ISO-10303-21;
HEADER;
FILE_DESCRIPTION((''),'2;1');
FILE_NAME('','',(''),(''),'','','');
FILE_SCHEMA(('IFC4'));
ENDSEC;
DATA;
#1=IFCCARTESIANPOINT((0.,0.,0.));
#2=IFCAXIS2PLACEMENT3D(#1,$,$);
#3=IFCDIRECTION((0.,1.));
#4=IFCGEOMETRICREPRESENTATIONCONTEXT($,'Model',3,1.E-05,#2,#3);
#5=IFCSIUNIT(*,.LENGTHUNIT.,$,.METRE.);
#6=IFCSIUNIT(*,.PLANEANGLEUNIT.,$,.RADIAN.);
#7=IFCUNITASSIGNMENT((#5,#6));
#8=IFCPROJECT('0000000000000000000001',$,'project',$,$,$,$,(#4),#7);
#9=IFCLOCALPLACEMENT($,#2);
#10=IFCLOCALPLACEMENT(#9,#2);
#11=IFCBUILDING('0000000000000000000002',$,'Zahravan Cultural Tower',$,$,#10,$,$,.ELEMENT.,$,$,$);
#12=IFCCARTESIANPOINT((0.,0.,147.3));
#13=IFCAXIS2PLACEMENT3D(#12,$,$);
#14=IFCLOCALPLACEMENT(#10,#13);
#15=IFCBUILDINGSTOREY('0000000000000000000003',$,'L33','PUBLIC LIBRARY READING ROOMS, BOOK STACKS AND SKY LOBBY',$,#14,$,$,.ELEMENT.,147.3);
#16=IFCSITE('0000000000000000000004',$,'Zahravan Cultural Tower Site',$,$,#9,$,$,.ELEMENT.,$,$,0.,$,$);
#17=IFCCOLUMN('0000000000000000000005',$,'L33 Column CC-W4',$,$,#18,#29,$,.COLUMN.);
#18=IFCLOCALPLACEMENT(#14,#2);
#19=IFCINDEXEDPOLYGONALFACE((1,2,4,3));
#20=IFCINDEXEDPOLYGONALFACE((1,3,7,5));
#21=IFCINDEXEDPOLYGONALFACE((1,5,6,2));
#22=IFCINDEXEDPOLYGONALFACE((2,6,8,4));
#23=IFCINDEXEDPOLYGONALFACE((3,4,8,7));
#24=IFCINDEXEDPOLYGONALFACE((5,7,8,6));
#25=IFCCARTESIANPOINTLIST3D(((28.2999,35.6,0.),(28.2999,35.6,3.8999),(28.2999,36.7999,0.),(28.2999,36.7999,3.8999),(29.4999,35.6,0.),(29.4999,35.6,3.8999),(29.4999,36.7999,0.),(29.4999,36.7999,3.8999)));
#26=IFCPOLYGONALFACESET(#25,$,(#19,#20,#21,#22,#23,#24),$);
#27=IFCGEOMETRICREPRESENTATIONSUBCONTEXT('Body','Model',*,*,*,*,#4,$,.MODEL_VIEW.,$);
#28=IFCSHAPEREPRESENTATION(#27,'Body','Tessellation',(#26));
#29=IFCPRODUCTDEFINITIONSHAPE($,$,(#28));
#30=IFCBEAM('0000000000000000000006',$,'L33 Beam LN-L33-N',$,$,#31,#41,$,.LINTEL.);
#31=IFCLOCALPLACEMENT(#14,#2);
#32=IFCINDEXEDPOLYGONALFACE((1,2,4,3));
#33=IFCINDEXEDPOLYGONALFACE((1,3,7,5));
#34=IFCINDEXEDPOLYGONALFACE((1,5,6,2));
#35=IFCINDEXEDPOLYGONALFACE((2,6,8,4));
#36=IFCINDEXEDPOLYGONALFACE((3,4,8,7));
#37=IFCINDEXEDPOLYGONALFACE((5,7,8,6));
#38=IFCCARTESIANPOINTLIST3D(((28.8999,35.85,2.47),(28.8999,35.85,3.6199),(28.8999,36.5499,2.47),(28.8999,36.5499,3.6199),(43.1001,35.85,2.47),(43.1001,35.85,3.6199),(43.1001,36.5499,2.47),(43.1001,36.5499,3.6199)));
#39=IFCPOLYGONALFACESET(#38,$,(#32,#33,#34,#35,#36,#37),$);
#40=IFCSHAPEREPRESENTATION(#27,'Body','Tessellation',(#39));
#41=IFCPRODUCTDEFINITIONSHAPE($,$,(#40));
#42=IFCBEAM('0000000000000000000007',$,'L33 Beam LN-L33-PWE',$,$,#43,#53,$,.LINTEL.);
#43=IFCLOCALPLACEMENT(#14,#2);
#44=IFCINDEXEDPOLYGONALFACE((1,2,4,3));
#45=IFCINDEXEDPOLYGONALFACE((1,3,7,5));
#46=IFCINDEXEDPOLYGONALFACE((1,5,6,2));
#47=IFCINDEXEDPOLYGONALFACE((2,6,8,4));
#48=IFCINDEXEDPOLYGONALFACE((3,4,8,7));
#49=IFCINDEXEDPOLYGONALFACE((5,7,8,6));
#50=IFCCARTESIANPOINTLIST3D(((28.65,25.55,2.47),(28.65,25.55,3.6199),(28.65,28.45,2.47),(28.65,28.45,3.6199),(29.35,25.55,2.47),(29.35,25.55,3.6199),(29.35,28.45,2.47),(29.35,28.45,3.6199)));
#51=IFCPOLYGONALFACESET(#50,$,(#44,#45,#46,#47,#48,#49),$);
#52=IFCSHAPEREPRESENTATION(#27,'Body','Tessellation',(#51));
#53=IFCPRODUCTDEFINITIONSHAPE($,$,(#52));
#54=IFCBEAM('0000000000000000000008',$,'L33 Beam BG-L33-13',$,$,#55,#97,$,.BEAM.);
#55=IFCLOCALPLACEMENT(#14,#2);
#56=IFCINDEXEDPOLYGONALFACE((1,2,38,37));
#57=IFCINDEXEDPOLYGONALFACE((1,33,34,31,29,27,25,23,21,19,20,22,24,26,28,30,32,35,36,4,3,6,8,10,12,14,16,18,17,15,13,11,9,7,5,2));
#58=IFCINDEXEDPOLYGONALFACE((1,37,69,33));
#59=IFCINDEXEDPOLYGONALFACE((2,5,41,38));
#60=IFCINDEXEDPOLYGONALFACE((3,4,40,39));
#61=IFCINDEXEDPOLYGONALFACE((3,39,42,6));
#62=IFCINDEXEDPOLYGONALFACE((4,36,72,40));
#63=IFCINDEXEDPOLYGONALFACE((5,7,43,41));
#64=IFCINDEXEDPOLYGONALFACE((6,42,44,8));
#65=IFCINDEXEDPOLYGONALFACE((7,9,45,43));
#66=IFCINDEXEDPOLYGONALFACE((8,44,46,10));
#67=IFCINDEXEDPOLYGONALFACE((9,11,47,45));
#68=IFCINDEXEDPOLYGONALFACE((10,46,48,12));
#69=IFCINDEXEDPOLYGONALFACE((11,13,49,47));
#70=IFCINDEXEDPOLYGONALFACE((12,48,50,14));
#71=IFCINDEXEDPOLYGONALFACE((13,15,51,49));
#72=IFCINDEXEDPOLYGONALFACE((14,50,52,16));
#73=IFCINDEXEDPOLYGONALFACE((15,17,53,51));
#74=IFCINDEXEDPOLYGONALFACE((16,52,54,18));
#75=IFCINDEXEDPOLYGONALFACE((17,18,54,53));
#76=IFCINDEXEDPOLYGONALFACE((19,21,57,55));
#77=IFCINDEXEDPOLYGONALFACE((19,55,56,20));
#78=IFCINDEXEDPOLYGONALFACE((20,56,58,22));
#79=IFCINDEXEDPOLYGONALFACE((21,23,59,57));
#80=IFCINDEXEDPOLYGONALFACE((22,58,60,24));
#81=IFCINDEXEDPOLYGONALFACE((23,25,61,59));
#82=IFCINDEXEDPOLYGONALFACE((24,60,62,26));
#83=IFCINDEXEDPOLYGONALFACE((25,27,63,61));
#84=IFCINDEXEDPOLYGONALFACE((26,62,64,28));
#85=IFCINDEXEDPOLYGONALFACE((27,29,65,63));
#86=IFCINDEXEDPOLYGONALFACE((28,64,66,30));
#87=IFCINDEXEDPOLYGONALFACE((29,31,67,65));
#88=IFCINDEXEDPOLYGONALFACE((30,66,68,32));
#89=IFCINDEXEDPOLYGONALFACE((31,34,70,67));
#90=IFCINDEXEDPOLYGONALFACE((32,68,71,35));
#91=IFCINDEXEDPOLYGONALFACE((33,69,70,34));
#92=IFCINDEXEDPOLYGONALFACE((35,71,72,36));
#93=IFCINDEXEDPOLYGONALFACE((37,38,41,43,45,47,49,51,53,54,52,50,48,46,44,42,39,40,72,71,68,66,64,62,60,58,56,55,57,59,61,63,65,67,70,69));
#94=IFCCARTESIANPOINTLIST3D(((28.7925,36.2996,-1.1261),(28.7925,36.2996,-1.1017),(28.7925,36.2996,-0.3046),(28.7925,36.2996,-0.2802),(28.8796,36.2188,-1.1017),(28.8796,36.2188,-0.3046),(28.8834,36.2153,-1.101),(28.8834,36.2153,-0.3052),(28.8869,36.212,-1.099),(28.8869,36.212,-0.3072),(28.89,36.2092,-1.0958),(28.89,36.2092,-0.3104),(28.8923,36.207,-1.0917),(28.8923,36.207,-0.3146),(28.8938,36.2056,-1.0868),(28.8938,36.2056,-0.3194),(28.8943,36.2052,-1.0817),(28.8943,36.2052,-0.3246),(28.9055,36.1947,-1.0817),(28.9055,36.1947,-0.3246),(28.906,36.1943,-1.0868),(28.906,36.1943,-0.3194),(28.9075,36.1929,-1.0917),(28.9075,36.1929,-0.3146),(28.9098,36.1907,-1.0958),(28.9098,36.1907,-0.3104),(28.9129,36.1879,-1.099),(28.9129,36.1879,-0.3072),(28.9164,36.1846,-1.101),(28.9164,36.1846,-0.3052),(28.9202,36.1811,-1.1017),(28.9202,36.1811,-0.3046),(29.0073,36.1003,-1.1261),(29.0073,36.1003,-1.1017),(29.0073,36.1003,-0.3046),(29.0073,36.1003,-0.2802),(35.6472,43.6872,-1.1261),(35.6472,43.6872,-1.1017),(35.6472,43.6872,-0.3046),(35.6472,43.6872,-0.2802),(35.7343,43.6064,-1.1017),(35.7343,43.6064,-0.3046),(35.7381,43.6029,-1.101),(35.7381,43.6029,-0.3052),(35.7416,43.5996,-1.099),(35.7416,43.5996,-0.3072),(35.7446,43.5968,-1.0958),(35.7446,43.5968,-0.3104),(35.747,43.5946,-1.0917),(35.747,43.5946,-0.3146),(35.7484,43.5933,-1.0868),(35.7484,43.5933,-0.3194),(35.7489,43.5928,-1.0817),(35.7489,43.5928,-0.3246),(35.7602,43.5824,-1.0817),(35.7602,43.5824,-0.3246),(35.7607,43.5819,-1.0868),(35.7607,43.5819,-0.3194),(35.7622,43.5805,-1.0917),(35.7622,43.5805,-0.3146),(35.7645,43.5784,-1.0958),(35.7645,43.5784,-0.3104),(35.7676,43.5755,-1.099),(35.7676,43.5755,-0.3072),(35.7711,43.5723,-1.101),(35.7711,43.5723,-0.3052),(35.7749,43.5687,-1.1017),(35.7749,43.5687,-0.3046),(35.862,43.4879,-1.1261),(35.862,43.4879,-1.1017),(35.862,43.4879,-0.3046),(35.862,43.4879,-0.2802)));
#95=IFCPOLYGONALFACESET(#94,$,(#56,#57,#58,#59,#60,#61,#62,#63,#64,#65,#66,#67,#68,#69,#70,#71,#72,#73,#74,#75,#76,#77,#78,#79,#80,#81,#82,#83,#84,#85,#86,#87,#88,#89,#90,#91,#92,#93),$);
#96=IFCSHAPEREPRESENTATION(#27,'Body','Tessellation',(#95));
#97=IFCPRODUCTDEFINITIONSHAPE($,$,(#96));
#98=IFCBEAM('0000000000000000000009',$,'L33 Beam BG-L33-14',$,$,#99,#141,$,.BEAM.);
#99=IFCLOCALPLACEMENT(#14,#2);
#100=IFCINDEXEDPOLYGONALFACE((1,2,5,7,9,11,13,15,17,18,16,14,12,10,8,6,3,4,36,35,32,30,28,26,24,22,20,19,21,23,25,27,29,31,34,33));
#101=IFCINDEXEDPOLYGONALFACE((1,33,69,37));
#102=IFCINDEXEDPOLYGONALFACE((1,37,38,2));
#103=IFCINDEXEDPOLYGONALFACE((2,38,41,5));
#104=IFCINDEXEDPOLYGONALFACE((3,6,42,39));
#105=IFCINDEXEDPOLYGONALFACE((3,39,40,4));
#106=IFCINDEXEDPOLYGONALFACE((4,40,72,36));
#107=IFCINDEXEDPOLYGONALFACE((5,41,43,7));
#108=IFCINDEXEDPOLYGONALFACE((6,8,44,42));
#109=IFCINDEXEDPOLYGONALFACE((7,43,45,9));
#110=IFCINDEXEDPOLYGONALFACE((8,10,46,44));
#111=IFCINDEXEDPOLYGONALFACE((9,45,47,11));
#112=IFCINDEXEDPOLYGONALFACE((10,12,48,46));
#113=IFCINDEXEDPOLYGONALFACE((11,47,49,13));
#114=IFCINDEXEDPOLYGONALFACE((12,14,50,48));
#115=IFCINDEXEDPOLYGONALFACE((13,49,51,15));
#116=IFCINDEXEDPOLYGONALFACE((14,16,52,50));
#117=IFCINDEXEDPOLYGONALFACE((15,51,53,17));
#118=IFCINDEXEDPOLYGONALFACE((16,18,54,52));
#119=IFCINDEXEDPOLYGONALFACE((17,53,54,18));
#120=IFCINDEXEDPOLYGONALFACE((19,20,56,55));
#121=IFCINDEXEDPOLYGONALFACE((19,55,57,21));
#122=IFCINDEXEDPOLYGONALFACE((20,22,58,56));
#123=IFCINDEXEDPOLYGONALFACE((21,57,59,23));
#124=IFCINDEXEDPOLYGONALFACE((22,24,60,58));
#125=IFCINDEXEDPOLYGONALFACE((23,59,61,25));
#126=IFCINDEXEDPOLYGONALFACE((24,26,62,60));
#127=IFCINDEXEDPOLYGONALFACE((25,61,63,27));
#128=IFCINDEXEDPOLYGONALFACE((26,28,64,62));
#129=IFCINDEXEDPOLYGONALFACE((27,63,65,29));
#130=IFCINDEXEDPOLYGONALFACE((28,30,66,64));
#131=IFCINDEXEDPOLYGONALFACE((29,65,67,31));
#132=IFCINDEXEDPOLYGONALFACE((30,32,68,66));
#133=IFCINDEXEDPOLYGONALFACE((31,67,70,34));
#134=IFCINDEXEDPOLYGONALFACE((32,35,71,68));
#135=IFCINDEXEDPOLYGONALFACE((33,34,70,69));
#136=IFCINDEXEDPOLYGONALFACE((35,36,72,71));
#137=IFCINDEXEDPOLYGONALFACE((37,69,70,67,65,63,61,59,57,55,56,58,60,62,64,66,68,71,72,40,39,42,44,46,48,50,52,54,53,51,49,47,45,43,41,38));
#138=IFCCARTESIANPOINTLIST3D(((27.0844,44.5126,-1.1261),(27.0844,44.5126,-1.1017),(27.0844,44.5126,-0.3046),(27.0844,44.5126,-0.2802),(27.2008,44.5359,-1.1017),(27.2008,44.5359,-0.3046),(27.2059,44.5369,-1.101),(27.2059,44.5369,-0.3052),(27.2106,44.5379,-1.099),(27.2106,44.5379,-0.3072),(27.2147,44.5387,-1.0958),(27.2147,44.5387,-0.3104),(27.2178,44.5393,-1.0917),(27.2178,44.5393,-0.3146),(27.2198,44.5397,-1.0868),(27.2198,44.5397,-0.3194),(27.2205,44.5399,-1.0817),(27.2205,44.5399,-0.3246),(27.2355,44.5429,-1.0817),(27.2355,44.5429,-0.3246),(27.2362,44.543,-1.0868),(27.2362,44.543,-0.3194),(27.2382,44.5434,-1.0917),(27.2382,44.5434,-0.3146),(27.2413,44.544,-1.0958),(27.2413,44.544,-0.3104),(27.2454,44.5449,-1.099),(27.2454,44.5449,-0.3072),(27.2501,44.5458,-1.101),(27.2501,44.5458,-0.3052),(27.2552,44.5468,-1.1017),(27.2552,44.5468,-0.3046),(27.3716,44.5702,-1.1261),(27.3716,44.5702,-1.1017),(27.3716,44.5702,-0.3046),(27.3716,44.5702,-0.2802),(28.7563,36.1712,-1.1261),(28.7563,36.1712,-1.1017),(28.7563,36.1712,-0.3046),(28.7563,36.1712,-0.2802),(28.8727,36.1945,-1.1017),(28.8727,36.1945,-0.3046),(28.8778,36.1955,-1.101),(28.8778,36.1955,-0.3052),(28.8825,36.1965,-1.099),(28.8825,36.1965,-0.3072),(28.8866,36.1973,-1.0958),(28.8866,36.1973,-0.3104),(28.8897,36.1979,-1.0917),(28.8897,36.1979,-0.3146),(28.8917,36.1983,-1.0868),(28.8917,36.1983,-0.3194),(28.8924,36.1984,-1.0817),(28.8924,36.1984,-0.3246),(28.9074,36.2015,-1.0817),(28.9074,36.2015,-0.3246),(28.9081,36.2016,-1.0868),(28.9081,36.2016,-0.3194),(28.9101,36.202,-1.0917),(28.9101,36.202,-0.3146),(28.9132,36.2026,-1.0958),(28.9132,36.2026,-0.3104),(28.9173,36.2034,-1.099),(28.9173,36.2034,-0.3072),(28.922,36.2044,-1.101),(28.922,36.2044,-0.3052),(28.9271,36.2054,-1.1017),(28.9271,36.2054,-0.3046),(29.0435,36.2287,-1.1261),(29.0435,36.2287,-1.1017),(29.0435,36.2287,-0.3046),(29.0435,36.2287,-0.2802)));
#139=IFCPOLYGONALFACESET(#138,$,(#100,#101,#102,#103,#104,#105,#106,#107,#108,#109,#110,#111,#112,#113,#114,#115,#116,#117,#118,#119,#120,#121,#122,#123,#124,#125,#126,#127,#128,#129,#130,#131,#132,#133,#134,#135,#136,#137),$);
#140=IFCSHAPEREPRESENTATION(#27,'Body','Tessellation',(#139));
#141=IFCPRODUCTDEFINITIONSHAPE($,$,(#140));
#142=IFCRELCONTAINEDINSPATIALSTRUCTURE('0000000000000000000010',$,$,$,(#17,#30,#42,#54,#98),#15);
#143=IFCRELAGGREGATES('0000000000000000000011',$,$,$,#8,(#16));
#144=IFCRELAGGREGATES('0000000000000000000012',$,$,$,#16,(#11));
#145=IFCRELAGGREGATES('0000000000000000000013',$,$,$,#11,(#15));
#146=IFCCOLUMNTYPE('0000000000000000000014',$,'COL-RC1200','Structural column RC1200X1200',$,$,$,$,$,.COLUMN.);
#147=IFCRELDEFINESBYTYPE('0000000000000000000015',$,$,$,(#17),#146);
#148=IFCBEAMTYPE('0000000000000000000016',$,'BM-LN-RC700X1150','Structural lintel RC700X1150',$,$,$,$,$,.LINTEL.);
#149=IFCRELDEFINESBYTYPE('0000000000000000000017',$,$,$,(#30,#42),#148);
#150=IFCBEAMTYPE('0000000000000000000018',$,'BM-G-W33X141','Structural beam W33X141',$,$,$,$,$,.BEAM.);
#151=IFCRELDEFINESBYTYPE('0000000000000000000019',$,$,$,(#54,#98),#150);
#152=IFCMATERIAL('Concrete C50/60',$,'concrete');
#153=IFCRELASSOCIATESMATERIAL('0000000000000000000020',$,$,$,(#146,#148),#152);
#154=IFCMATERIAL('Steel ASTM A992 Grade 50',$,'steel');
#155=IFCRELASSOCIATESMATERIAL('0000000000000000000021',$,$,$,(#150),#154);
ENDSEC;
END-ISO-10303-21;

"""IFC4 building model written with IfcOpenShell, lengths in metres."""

from ifc_helpers import new_model, si_unit, direction, frame, origin, origin_2d, place, context, subcontext, project, spatial, rectangle, i_section, extrude, source, transform, mapped, material, material_profile, profile_set, type_object, element, save


model = new_model("IFC4")

# Units and contexts
model_context = context("Model", 3, precision=1e-05, world=origin(), true_north=direction((0.0, 1.0)))
body_context = subcontext(model_context, "Body", "Model", "MODEL_VIEW")
ifc_project = project(units=[si_unit("LENGTHUNIT", "METRE"), si_unit("PLANEANGLEUNIT", "RADIAN")], contexts=[model_context])

# Site, building, storey
site_placement = place(None, origin())
site = spatial("IfcSite", under=ifc_project, at=site_placement, Name="Zahravan Cultural Tower Site", CompositionType="ELEMENT", RefElevation=0.0)
building_placement = place(site_placement, origin())
building = spatial("IfcBuilding", under=site, at=building_placement, Name="Zahravan Cultural Tower", CompositionType="ELEMENT")
storey_placement = place(building_placement, frame((0.0, 0.0, 147.3)))
storey = spatial("IfcBuildingStorey", under=building, at=storey_placement, Name="L33", Description="PUBLIC LIBRARY READING ROOMS, BOOK STACKS AND SKY LOBBY", CompositionType="ELEMENT", Elevation=147.3)

# Column
ifc_material_1 = material(Name="Concrete C50/60", Category="concrete")
ifc_material_profile_1 = material_profile(ifc_material_1, rectangle(XDim=1.2, YDim=1.2, at=origin_2d()), Name="RC1200X1200")
ifc_profile_set_1 = profile_set([ifc_material_profile_1], Name="Concrete C50/60")
column_type = type_object("IfcColumnType", Name="COL-RC1200", Description="Structural column RC1200X1200", PredefinedType="COLUMN", material=ifc_profile_set_1)
shared_shape_1 = source(origin(), body_context, "Body", "SweptSolid", [
    extrude(rectangle(XDim=1.2, YDim=1.2, at=origin_2d()), origin(), (0.0, 0.0, 1.0), 3.8999),
])
column_placement = place(storey_placement, frame((28.8999, 36.2, 0.0), z_axis=(0.0, 0.0, 1.0), x_axis=(1.0, 0.0, 0.0)))
element("IfcColumn", 1, at=column_placement, inside=storey, type_object=column_type, Name="L33 Column CC-W4", PredefinedType="COLUMN", context=body_context, shape_type="MappedRepresentation", body=[
    mapped(shared_shape_1, transform((0.0, 0.0, 0.0), x_axis=(1.0, 0.0, 0.0), y_axis=(0.0, 1.0, 0.0), z_axis=(0.0, 0.0, 1.0), scale=1.0)),
])

# Beams
ifc_material_profile_2 = material_profile(ifc_material_1, rectangle(XDim=0.7, YDim=1.1499, at=origin_2d()), Name="RC700X1150")
ifc_profile_set_2 = profile_set([ifc_material_profile_2], Name="Concrete C50/60")
beam_type_1 = type_object("IfcBeamType", Name="BM-LN-RC700X1150", Description="Structural lintel RC700X1150", PredefinedType="LINTEL", material=ifc_profile_set_2)
shared_shape_2 = source(origin(), body_context, "Body", "SweptSolid", [
    extrude(rectangle(XDim=0.7, YDim=1.1499, at=origin_2d()), origin(), (0.0, 0.0, 1.0), 14.2002),
])
beam_1_placement = place(storey_placement, frame((28.8999, 36.2, 3.0449), z_axis=(1.0, 0.0, 0.0), x_axis=(0.0, 1.0, 0.0)))
element("IfcBeam", 2, at=beam_1_placement, inside=storey, type_object=beam_type_1, Name="L33 Beam LN-L33-N", PredefinedType="LINTEL", context=body_context, shape_type="MappedRepresentation", body=[
    mapped(shared_shape_2, transform((0.0, 0.0, 0.0), x_axis=(1.0, 0.0, 0.0), y_axis=(0.0, 1.0, 0.0), z_axis=(0.0, 0.0, 1.0), scale=1.0)),
])
shared_shape_3 = source(origin(), body_context, "Body", "SweptSolid", [
    extrude(rectangle(XDim=0.7, YDim=1.1499, at=origin_2d()), origin(), (0.0, 0.0, 1.0), 2.8999),
])
beam_2_placement = place(storey_placement, frame((29.0, 25.55, 3.0449), z_axis=(0.0, 1.0, 0.0), x_axis=(-1.0, 0.0, 0.0)))
element("IfcBeam", 3, at=beam_2_placement, inside=storey, type_object=beam_type_1, Name="L33 Beam LN-L33-PWE", PredefinedType="LINTEL", context=body_context, shape_type="MappedRepresentation", body=[
    mapped(shared_shape_3, transform((0.0, 0.0, 0.0), x_axis=(1.0, 0.0, 0.0), y_axis=(0.0, 1.0, 0.0), z_axis=(0.0, 0.0, 1.0), scale=1.0)),
])
ifc_material_2 = material(Name="Steel ASTM A992 Grade 50", Category="steel")
ifc_material_profile_3 = material_profile(ifc_material_2, i_section(OverallWidth=0.293, OverallDepth=0.8459, WebThickness=0.0154, FlangeThickness=0.0244, FilletRadius=0.02, at=origin_2d()), Name="W33X141")
ifc_profile_set_3 = profile_set([ifc_material_profile_3], Name="Steel ASTM A992 Grade 50")
beam_type_2 = type_object("IfcBeamType", Name="BM-G-W33X141", Description="Structural beam W33X141", PredefinedType="BEAM", material=ifc_profile_set_3)
shared_shape_4 = source(origin(), body_context, "Body", "SweptSolid", [
    extrude(i_section(OverallWidth=0.293, OverallDepth=0.8459, WebThickness=0.0154, FlangeThickness=0.0244, FilletRadius=0.02, at=origin_2d()), origin(), (0.0, 0.0, 1.0), 10.0779),
])
beam_3_placement = place(storey_placement, frame((28.8999, 36.2, -0.7031), z_axis=(0.68017, 0.733054, 0.0), x_axis=(-0.733054, 0.68017, 0.0)))
element("IfcBeam", 4, at=beam_3_placement, inside=storey, type_object=beam_type_2, Name="L33 Beam BG-L33-13", PredefinedType="BEAM", context=body_context, shape_type="MappedRepresentation", body=[
    mapped(shared_shape_4, transform((0.0, 0.0, 0.0), x_axis=(1.0, 0.0, 0.0), y_axis=(0.0, 1.0, 0.0), z_axis=(0.0, 0.0, 1.0), scale=1.0)),
])
shared_shape_5 = source(origin(), body_context, "Body", "SweptSolid", [
    extrude(i_section(OverallWidth=0.293, OverallDepth=0.8459, WebThickness=0.0154, FlangeThickness=0.0244, FilletRadius=0.02, at=origin_2d()), origin(), (0.0, 0.0, 1.0), 8.5073),
])
beam_4_placement = place(storey_placement, frame((28.8999, 36.2, -0.7031), z_axis=(-0.196525, 0.980499, 0.0), x_axis=(-0.980499, -0.196525, 0.0)))
element("IfcBeam", 5, at=beam_4_placement, inside=storey, type_object=beam_type_2, Name="L33 Beam BG-L33-14", PredefinedType="BEAM", context=body_context, shape_type="MappedRepresentation", body=[
    mapped(shared_shape_5, transform((0.0, 0.0, 0.0), x_axis=(1.0, 0.0, 0.0), y_axis=(0.0, 1.0, 0.0), z_axis=(0.0, 0.0, 1.0), scale=1.0)),
])

save(model, "model.ifc")
